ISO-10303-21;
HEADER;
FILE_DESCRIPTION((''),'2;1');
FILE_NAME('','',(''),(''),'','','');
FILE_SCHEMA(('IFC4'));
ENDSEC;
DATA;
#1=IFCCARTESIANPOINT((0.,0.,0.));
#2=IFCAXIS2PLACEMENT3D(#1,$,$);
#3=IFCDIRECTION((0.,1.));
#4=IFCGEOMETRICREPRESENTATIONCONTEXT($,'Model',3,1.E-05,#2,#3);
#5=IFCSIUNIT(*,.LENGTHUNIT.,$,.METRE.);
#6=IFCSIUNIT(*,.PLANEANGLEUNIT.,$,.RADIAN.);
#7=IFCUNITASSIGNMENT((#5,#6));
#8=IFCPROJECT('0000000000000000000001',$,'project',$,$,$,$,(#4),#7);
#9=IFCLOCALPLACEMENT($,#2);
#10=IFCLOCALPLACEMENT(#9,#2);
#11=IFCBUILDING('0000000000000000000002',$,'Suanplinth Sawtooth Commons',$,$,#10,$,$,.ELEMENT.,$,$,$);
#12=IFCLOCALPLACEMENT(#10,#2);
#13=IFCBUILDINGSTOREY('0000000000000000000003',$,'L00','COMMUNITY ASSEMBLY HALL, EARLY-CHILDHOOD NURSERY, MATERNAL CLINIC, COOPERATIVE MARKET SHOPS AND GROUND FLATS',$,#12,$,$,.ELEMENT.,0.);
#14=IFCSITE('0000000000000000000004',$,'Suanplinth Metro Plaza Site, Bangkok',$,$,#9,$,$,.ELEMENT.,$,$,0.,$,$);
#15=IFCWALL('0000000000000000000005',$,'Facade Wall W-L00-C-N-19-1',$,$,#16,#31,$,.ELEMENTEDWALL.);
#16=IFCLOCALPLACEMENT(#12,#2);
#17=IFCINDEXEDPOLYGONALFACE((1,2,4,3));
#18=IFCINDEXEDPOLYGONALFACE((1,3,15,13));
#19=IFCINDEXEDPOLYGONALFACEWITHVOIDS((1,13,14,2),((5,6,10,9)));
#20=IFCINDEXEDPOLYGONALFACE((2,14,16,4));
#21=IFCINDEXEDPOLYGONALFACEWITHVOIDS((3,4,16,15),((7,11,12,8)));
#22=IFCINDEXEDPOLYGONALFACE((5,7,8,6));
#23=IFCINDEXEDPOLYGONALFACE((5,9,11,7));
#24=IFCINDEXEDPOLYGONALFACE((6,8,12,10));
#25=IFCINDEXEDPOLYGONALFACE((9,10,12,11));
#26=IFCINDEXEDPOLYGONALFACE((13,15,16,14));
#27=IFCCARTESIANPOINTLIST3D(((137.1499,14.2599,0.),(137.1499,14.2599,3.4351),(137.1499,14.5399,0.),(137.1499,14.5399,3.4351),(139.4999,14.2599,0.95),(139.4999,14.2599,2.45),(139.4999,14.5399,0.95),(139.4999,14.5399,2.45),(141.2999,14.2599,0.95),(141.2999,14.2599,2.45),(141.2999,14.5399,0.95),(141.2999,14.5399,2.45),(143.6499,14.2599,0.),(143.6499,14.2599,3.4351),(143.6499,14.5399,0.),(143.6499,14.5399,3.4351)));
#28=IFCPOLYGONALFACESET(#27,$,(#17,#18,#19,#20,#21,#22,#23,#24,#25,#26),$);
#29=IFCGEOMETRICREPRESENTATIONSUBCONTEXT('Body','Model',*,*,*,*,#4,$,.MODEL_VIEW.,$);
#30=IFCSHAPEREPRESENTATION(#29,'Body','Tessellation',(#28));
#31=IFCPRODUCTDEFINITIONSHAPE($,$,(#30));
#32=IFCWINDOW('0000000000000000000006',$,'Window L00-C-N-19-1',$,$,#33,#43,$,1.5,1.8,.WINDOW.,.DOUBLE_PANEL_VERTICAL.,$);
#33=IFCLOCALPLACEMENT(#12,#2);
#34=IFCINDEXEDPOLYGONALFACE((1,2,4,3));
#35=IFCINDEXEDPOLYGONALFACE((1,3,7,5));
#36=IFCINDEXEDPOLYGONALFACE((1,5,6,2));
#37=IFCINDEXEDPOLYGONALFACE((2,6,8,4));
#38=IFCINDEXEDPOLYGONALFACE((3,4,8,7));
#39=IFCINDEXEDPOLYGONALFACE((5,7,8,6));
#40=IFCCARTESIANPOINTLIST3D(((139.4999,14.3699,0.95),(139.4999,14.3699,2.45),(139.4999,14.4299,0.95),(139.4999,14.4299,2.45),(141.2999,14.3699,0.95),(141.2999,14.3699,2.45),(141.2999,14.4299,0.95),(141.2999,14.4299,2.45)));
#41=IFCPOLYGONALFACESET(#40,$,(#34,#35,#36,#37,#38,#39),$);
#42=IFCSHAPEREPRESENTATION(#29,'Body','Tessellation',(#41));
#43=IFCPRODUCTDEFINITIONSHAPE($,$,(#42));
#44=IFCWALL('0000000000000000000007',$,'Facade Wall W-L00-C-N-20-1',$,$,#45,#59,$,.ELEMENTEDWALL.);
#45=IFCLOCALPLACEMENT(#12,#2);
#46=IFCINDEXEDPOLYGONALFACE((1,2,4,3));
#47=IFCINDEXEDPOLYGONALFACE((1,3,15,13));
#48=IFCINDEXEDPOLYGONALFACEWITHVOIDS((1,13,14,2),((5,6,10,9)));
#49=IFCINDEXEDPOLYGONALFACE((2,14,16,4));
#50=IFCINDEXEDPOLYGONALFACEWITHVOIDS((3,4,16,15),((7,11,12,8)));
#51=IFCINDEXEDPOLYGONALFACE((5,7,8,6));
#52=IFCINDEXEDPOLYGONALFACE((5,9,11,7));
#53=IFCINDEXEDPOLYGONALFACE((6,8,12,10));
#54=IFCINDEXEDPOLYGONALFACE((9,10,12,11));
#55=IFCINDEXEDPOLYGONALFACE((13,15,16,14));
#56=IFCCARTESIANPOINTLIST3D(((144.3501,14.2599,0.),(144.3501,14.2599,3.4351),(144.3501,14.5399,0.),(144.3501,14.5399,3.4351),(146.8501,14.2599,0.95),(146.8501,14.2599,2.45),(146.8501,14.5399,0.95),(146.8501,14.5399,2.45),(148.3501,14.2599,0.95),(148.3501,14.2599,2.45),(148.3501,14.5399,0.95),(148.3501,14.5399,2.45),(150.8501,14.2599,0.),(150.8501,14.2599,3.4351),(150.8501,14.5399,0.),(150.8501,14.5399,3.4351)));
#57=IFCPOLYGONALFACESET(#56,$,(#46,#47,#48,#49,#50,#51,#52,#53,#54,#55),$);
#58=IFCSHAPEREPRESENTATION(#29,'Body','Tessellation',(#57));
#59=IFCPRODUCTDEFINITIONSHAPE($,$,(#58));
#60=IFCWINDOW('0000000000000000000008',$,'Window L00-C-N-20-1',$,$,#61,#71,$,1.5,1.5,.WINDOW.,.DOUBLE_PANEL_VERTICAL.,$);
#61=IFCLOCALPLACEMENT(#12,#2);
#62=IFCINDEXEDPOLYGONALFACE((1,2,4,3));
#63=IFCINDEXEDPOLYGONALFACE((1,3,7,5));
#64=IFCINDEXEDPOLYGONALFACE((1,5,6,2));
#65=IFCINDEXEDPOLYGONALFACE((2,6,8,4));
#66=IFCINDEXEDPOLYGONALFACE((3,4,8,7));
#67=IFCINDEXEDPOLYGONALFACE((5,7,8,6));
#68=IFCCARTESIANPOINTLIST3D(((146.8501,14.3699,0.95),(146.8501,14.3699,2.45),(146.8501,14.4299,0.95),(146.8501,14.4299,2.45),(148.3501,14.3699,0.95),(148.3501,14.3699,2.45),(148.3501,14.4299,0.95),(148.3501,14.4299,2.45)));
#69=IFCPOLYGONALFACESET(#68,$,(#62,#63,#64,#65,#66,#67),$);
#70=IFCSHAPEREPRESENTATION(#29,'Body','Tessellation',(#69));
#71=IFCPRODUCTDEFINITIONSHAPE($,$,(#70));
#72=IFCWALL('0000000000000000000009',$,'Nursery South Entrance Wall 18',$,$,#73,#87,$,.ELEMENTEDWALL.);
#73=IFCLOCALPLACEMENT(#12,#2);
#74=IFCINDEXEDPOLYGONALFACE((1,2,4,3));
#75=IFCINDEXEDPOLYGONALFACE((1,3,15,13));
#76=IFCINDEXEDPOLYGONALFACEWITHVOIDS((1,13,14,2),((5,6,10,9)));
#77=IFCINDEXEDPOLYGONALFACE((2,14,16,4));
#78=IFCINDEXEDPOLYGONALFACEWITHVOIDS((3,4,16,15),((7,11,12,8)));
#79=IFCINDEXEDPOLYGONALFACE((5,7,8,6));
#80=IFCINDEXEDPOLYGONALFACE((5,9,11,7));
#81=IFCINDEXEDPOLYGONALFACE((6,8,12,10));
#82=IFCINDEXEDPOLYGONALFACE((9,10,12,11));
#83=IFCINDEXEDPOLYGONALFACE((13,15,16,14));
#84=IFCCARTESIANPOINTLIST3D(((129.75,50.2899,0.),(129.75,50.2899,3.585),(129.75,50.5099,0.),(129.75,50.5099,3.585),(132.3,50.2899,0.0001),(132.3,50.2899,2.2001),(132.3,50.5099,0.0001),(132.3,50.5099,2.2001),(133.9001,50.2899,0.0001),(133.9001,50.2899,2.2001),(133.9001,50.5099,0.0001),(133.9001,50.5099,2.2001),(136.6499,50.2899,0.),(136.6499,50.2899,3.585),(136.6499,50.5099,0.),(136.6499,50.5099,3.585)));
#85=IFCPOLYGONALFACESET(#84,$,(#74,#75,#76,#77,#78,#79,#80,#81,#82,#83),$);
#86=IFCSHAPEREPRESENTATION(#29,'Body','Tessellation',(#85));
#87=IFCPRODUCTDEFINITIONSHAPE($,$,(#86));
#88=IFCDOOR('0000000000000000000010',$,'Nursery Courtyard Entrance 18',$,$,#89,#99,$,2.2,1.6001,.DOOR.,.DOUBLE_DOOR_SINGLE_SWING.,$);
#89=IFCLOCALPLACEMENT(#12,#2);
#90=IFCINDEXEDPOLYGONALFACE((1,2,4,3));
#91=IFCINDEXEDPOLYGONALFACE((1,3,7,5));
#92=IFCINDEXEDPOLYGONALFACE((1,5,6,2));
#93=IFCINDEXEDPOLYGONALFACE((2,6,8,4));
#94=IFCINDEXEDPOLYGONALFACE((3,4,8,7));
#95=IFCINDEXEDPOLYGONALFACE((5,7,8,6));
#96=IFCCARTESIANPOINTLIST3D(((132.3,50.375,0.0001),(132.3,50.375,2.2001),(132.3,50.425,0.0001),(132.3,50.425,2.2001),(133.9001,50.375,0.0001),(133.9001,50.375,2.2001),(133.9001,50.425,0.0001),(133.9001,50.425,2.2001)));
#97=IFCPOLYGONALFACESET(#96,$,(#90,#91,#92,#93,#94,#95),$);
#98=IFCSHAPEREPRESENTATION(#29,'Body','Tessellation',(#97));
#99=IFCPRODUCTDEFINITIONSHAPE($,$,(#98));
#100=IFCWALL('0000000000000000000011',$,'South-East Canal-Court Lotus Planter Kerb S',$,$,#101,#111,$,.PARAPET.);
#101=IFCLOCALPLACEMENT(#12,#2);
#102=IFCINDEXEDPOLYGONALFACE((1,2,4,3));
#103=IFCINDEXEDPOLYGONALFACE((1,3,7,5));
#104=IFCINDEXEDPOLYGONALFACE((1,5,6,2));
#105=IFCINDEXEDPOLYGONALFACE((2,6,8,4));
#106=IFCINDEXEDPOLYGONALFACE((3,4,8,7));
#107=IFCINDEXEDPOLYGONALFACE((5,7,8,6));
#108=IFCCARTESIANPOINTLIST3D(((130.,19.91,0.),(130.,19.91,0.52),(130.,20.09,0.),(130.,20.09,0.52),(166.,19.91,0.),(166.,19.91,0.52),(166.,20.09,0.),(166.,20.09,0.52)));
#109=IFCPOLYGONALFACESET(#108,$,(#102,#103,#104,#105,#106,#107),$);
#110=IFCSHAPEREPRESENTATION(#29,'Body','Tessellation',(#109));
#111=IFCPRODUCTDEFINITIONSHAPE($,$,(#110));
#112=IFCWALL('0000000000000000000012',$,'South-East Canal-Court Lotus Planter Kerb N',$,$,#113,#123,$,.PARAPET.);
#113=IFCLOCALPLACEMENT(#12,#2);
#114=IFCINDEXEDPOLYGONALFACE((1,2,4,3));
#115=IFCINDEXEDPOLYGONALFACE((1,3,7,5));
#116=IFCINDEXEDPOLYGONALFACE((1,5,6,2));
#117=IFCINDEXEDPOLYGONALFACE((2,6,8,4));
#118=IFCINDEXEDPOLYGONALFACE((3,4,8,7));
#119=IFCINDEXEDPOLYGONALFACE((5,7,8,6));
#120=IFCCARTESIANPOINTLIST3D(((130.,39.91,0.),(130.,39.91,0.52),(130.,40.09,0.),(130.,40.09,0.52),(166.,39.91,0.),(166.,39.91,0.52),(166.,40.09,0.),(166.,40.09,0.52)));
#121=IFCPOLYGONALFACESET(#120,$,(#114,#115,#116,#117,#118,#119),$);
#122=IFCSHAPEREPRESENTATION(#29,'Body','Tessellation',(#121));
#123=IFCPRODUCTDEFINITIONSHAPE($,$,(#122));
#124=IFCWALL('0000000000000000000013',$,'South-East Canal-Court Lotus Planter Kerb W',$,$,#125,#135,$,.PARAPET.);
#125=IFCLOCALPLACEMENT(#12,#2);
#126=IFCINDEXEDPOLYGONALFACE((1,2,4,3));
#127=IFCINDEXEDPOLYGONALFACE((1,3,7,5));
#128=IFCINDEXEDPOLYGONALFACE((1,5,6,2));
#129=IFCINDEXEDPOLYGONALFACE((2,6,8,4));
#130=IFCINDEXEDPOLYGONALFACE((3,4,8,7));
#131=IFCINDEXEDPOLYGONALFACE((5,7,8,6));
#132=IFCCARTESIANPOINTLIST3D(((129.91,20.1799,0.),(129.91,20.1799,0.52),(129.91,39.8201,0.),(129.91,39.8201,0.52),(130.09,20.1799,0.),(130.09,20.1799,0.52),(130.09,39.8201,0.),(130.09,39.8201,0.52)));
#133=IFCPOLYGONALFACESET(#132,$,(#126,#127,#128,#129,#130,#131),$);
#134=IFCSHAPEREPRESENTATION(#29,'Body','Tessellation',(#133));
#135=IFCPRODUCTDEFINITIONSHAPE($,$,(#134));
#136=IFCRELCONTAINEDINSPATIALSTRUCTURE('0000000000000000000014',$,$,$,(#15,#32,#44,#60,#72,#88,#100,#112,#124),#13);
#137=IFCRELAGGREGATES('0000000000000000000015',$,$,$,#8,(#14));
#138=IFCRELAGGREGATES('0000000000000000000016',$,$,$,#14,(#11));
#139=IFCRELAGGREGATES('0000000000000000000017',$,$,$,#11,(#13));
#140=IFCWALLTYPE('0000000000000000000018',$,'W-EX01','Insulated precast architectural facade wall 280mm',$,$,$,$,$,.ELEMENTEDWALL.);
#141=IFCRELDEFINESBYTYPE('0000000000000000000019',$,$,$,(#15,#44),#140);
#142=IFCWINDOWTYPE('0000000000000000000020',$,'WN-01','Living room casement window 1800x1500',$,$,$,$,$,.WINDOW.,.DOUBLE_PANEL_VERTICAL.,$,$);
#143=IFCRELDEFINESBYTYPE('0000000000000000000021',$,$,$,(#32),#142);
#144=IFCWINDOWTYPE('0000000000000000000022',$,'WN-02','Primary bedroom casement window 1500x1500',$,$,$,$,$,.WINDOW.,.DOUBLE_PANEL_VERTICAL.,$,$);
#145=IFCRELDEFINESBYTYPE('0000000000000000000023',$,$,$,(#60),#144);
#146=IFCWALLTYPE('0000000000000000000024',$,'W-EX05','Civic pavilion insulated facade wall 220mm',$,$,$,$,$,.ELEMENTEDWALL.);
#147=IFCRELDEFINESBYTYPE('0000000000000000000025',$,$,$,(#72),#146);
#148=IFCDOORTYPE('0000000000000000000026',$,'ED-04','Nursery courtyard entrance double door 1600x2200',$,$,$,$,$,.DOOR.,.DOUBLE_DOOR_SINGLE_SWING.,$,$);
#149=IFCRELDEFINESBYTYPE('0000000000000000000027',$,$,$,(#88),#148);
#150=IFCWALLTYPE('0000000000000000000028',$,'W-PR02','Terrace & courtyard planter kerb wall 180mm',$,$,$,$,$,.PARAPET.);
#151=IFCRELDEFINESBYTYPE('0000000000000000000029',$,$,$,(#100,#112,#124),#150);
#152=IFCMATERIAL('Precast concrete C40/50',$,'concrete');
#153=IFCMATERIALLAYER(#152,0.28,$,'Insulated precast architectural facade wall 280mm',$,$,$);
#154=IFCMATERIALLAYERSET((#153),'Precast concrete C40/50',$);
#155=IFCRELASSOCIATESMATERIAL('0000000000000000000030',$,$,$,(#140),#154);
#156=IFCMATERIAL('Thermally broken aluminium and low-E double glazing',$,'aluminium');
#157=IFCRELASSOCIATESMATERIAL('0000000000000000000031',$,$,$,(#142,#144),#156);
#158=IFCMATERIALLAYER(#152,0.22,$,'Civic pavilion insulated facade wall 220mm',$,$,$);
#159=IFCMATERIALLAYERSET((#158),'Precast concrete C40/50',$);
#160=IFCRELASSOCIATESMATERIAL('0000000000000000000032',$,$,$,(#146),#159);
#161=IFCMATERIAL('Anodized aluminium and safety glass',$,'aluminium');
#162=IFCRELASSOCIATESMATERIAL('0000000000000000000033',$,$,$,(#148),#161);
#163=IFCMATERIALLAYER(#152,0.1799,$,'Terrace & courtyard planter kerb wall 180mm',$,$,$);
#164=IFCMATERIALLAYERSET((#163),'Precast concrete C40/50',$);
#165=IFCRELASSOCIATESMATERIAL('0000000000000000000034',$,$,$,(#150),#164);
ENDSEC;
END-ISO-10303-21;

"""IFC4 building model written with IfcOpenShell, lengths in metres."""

from ifc_helpers import new_model, si_unit, direction, frame, frame_2d, origin, place, context, subcontext, project, spatial, rectangle, extrude, material, layer, layer_set, type_object, element, fill, save


model = new_model("IFC4")

# Units and contexts
model_context = context("Model", 3, precision=1e-05, world=origin(), true_north=direction((0.0, 1.0)))
body_context = subcontext(model_context, "Body", "Model", "MODEL_VIEW")
ifc_project = project(units=[si_unit("LENGTHUNIT", "METRE"), si_unit("PLANEANGLEUNIT", "RADIAN")], contexts=[model_context])

# Site, building, storey
site_placement = place(None, origin())
site = spatial("IfcSite", under=ifc_project, at=site_placement, Name="Suanplinth Metro Plaza Site, Bangkok", CompositionType="ELEMENT", RefElevation=0.0)
building_placement = place(site_placement, origin())
building = spatial("IfcBuilding", under=site, at=building_placement, Name="Suanplinth Sawtooth Commons", CompositionType="ELEMENT")
storey_placement = place(building_placement, origin())
storey = spatial("IfcBuildingStorey", under=building, at=storey_placement, Name="L00", Description="COMMUNITY ASSEMBLY HALL, EARLY-CHILDHOOD NURSERY, MATERNAL CLINIC, COOPERATIVE MARKET SHOPS AND GROUND FLATS", CompositionType="ELEMENT", Elevation=0.0)

# Shared definitions
ifc_material_1 = material(Name="Precast concrete C40/50", Category="concrete")

# Shared definitions
ifc_layer_1 = layer(ifc_material_1, 0.28, Name="Insulated precast architectural facade wall 280mm")
ifc_layer_set_1 = layer_set([ifc_layer_1], Name="Precast concrete C40/50")
wall_type_1 = type_object("IfcWallType", Name="W-EX01", Description="Insulated precast architectural facade wall 280mm", PredefinedType="ELEMENTEDWALL", material=ifc_layer_set_1)

# Walls, openings, windows
wall_1_placement = place(storey_placement, frame((137.1499, 14.3999, 0.0), z_axis=(0.0, 0.0, 1.0), x_axis=(1.0, 0.0, 0.0)))
wall_1 = element("IfcWall", 1, at=wall_1_placement, inside=storey, type_object=wall_type_1, Name="Facade Wall W-L00-C-N-19-1", PredefinedType="ELEMENTEDWALL", context=body_context, shape_type="SweptSolid", body=[
    extrude(rectangle(XDim=6.5, YDim=0.28, at=frame_2d((3.25, 0.0))), origin(), (0.0, 0.0, 1.0), 3.4351),
])
opening_1_placement = place(wall_1_placement, frame((2.3501, 0.0, 0.95)))
opening_1 = element("IfcOpeningElement", 2, at=opening_1_placement, cuts=wall_1, PredefinedType="OPENING", context=body_context, shape_type="SweptSolid", body=[
    extrude(rectangle(XDim=1.8, YDim=1.5, at=frame_2d((0.8999, 0.75))), frame((0.0, 0.1548, 0.0), z_axis=(0.0, -1.0, 0.0), x_axis=(1.0, 0.0, 0.0)), (0.0, 0.0, 1.0), 0.3098),
])
ifc_material_2 = material(Name="Thermally broken aluminium and low-E double glazing", Category="aluminium")
window_type_1 = type_object("IfcWindowType", Name="WN-01", Description="Living room casement window 1800x1500", PartitioningType="DOUBLE_PANEL_VERTICAL", PredefinedType="WINDOW", material=ifc_material_2)
window_1_placement = place(opening_1_placement, origin())
window_1 = element("IfcWindow", 3, at=window_1_placement, inside=storey, type_object=window_type_1, Name="Window L00-C-N-19-1", OverallHeight=1.5, OverallWidth=1.8, PartitioningType="DOUBLE_PANEL_VERTICAL", PredefinedType="WINDOW", context=body_context, shape_type="SweptSolid", body=[
    extrude(rectangle(XDim=1.8, YDim=1.5, at=frame_2d((0.8999, 0.75))), frame((0.0, 0.03, 0.0), z_axis=(0.0, -1.0, 0.0), x_axis=(1.0, 0.0, 0.0)), (0.0, 0.0, 1.0), 0.0601),
])
fill(opening_1, window_1)
wall_2_placement = place(storey_placement, frame((144.3501, 14.3999, 0.0), z_axis=(0.0, 0.0, 1.0), x_axis=(1.0, 0.0, 0.0)))
wall_2 = element("IfcWall", 4, at=wall_2_placement, inside=storey, type_object=wall_type_1, Name="Facade Wall W-L00-C-N-20-1", PredefinedType="ELEMENTEDWALL", context=body_context, shape_type="SweptSolid", body=[
    extrude(rectangle(XDim=6.5, YDim=0.28, at=frame_2d((3.25, 0.0))), origin(), (0.0, 0.0, 1.0), 3.4351),
])
opening_2_placement = place(wall_2_placement, frame((2.5, 0.0, 0.95)))
opening_2 = element("IfcOpeningElement", 5, at=opening_2_placement, cuts=wall_2, PredefinedType="OPENING", context=body_context, shape_type="SweptSolid", body=[
    extrude(rectangle(XDim=1.5, YDim=1.5, at=frame_2d((0.75, 0.75))), frame((0.0, 0.1548, 0.0), z_axis=(0.0, -1.0, 0.0), x_axis=(1.0, 0.0, 0.0)), (0.0, 0.0, 1.0), 0.3098),
])
window_type_2 = type_object("IfcWindowType", Name="WN-02", Description="Primary bedroom casement window 1500x1500", PartitioningType="DOUBLE_PANEL_VERTICAL", PredefinedType="WINDOW", material=ifc_material_2)
window_2_placement = place(opening_2_placement, origin())
window_2 = element("IfcWindow", 6, at=window_2_placement, inside=storey, type_object=window_type_2, Name="Window L00-C-N-20-1", OverallHeight=1.5, OverallWidth=1.5, PartitioningType="DOUBLE_PANEL_VERTICAL", PredefinedType="WINDOW", context=body_context, shape_type="SweptSolid", body=[
    extrude(rectangle(XDim=1.5, YDim=1.5, at=frame_2d((0.75, 0.75))), frame((0.0, 0.03, 0.0), z_axis=(0.0, -1.0, 0.0), x_axis=(1.0, 0.0, 0.0)), (0.0, 0.0, 1.0), 0.0601),
])
fill(opening_2, window_2)

# Wall, opening, door
ifc_layer_2 = layer(ifc_material_1, 0.22, Name="Civic pavilion insulated facade wall 220mm")
ifc_layer_set_2 = layer_set([ifc_layer_2], Name="Precast concrete C40/50")
wall_type_2 = type_object("IfcWallType", Name="W-EX05", Description="Civic pavilion insulated facade wall 220mm", PredefinedType="ELEMENTEDWALL", material=ifc_layer_set_2)
wall_3_placement = place(storey_placement, frame((129.75, 50.3999, 0.0), z_axis=(0.0, 0.0, 1.0), x_axis=(1.0, 0.0, 0.0)))
wall_3 = element("IfcWall", 7, at=wall_3_placement, inside=storey, type_object=wall_type_2, Name="Nursery South Entrance Wall 18", PredefinedType="ELEMENTEDWALL", context=body_context, shape_type="SweptSolid", body=[
    extrude(rectangle(XDim=6.8999, YDim=0.22, at=frame_2d((3.45, 0.0))), origin(), (0.0, 0.0, 1.0), 3.585),
])
opening_3_placement = place(wall_3_placement, frame((2.55, 0.0, 0.0)))
opening_3 = element("IfcOpeningElement", 8, at=opening_3_placement, cuts=wall_3, PredefinedType="OPENING", context=body_context, shape_type="SweptSolid", body=[
    extrude(rectangle(XDim=1.6001, YDim=2.2, at=frame_2d((0.8, 1.1001))), frame((0.0, 0.125, 0.0), z_axis=(0.0, -1.0, 0.0), x_axis=(1.0, 0.0, 0.0)), (0.0, 0.0, 1.0), 0.2498),
])
ifc_material_3 = material(Name="Anodized aluminium and safety glass", Category="aluminium")
door_type_1 = type_object("IfcDoorType", Name="ED-04", Description="Nursery courtyard entrance double door 1600x2200", OperationType="DOUBLE_DOOR_SINGLE_SWING", PredefinedType="DOOR", material=ifc_material_3)
door_1_placement = place(opening_3_placement, frame((1.6001, 0.0, 0.0), z_axis=(0.0, 0.0, 1.0), x_axis=(-1.0, 0.0, 0.0)))
door_1 = element("IfcDoor", 9, at=door_1_placement, inside=storey, type_object=door_type_1, Name="Nursery Courtyard Entrance 18", OperationType="DOUBLE_DOOR_SINGLE_SWING", OverallHeight=2.2, OverallWidth=1.6001, PredefinedType="DOOR", context=body_context, shape_type="SweptSolid", body=[
    extrude(rectangle(XDim=1.6001, YDim=2.2, at=frame_2d((0.8, 1.1001))), frame((0.0, 0.0249, 0.0), z_axis=(0.0, -1.0, 0.0), x_axis=(1.0, 0.0, 0.0)), (0.0, 0.0, 1.0), 0.05),
])
fill(opening_3, door_1)

# Walls
ifc_layer_3 = layer(ifc_material_1, 0.1799, Name="Terrace & courtyard planter kerb wall 180mm")
ifc_layer_set_3 = layer_set([ifc_layer_3], Name="Precast concrete C40/50")
wall_type_3 = type_object("IfcWallType", Name="W-PR02", Description="Terrace & courtyard planter kerb wall 180mm", PredefinedType="PARAPET", material=ifc_layer_set_3)
for number, where, z_axis, x_axis, name in (
    (10, (130.0, 20.0, 0.0), (0.0, 0.0, 1.0), (1.0, 0.0, 0.0), "South-East Canal-Court Lotus Planter Kerb S"),
    (11, (130.0, 40.0, 0.0), (0.0, 0.0, 1.0), (1.0, 0.0, 0.0), "South-East Canal-Court Lotus Planter Kerb N"),
):
    element("IfcWall", number, at=place(storey_placement, frame(where, z_axis=z_axis, x_axis=x_axis)), inside=storey, type_object=wall_type_3, Name=name, PredefinedType="PARAPET", context=body_context, shape_type="SweptSolid", body=[
        extrude(rectangle(XDim=36.0, YDim=0.1799, at=frame_2d((18.0, 0.0))), origin(), (0.0, 0.0, 1.0), 0.52),
    ])
wall_4_placement = place(storey_placement, frame((130.0, 20.1799, 0.0), z_axis=(0.0, 0.0, 1.0), x_axis=(0.0, 1.0, 0.0)))
element("IfcWall", 12, at=wall_4_placement, inside=storey, type_object=wall_type_3, Name="South-East Canal-Court Lotus Planter Kerb W", PredefinedType="PARAPET", context=body_context, shape_type="SweptSolid", body=[
    extrude(rectangle(XDim=19.6401, YDim=0.1799, at=frame_2d((9.8201, 0.0))), origin(), (0.0, 0.0, 1.0), 0.52),
])

save(model, "model.ifc")
